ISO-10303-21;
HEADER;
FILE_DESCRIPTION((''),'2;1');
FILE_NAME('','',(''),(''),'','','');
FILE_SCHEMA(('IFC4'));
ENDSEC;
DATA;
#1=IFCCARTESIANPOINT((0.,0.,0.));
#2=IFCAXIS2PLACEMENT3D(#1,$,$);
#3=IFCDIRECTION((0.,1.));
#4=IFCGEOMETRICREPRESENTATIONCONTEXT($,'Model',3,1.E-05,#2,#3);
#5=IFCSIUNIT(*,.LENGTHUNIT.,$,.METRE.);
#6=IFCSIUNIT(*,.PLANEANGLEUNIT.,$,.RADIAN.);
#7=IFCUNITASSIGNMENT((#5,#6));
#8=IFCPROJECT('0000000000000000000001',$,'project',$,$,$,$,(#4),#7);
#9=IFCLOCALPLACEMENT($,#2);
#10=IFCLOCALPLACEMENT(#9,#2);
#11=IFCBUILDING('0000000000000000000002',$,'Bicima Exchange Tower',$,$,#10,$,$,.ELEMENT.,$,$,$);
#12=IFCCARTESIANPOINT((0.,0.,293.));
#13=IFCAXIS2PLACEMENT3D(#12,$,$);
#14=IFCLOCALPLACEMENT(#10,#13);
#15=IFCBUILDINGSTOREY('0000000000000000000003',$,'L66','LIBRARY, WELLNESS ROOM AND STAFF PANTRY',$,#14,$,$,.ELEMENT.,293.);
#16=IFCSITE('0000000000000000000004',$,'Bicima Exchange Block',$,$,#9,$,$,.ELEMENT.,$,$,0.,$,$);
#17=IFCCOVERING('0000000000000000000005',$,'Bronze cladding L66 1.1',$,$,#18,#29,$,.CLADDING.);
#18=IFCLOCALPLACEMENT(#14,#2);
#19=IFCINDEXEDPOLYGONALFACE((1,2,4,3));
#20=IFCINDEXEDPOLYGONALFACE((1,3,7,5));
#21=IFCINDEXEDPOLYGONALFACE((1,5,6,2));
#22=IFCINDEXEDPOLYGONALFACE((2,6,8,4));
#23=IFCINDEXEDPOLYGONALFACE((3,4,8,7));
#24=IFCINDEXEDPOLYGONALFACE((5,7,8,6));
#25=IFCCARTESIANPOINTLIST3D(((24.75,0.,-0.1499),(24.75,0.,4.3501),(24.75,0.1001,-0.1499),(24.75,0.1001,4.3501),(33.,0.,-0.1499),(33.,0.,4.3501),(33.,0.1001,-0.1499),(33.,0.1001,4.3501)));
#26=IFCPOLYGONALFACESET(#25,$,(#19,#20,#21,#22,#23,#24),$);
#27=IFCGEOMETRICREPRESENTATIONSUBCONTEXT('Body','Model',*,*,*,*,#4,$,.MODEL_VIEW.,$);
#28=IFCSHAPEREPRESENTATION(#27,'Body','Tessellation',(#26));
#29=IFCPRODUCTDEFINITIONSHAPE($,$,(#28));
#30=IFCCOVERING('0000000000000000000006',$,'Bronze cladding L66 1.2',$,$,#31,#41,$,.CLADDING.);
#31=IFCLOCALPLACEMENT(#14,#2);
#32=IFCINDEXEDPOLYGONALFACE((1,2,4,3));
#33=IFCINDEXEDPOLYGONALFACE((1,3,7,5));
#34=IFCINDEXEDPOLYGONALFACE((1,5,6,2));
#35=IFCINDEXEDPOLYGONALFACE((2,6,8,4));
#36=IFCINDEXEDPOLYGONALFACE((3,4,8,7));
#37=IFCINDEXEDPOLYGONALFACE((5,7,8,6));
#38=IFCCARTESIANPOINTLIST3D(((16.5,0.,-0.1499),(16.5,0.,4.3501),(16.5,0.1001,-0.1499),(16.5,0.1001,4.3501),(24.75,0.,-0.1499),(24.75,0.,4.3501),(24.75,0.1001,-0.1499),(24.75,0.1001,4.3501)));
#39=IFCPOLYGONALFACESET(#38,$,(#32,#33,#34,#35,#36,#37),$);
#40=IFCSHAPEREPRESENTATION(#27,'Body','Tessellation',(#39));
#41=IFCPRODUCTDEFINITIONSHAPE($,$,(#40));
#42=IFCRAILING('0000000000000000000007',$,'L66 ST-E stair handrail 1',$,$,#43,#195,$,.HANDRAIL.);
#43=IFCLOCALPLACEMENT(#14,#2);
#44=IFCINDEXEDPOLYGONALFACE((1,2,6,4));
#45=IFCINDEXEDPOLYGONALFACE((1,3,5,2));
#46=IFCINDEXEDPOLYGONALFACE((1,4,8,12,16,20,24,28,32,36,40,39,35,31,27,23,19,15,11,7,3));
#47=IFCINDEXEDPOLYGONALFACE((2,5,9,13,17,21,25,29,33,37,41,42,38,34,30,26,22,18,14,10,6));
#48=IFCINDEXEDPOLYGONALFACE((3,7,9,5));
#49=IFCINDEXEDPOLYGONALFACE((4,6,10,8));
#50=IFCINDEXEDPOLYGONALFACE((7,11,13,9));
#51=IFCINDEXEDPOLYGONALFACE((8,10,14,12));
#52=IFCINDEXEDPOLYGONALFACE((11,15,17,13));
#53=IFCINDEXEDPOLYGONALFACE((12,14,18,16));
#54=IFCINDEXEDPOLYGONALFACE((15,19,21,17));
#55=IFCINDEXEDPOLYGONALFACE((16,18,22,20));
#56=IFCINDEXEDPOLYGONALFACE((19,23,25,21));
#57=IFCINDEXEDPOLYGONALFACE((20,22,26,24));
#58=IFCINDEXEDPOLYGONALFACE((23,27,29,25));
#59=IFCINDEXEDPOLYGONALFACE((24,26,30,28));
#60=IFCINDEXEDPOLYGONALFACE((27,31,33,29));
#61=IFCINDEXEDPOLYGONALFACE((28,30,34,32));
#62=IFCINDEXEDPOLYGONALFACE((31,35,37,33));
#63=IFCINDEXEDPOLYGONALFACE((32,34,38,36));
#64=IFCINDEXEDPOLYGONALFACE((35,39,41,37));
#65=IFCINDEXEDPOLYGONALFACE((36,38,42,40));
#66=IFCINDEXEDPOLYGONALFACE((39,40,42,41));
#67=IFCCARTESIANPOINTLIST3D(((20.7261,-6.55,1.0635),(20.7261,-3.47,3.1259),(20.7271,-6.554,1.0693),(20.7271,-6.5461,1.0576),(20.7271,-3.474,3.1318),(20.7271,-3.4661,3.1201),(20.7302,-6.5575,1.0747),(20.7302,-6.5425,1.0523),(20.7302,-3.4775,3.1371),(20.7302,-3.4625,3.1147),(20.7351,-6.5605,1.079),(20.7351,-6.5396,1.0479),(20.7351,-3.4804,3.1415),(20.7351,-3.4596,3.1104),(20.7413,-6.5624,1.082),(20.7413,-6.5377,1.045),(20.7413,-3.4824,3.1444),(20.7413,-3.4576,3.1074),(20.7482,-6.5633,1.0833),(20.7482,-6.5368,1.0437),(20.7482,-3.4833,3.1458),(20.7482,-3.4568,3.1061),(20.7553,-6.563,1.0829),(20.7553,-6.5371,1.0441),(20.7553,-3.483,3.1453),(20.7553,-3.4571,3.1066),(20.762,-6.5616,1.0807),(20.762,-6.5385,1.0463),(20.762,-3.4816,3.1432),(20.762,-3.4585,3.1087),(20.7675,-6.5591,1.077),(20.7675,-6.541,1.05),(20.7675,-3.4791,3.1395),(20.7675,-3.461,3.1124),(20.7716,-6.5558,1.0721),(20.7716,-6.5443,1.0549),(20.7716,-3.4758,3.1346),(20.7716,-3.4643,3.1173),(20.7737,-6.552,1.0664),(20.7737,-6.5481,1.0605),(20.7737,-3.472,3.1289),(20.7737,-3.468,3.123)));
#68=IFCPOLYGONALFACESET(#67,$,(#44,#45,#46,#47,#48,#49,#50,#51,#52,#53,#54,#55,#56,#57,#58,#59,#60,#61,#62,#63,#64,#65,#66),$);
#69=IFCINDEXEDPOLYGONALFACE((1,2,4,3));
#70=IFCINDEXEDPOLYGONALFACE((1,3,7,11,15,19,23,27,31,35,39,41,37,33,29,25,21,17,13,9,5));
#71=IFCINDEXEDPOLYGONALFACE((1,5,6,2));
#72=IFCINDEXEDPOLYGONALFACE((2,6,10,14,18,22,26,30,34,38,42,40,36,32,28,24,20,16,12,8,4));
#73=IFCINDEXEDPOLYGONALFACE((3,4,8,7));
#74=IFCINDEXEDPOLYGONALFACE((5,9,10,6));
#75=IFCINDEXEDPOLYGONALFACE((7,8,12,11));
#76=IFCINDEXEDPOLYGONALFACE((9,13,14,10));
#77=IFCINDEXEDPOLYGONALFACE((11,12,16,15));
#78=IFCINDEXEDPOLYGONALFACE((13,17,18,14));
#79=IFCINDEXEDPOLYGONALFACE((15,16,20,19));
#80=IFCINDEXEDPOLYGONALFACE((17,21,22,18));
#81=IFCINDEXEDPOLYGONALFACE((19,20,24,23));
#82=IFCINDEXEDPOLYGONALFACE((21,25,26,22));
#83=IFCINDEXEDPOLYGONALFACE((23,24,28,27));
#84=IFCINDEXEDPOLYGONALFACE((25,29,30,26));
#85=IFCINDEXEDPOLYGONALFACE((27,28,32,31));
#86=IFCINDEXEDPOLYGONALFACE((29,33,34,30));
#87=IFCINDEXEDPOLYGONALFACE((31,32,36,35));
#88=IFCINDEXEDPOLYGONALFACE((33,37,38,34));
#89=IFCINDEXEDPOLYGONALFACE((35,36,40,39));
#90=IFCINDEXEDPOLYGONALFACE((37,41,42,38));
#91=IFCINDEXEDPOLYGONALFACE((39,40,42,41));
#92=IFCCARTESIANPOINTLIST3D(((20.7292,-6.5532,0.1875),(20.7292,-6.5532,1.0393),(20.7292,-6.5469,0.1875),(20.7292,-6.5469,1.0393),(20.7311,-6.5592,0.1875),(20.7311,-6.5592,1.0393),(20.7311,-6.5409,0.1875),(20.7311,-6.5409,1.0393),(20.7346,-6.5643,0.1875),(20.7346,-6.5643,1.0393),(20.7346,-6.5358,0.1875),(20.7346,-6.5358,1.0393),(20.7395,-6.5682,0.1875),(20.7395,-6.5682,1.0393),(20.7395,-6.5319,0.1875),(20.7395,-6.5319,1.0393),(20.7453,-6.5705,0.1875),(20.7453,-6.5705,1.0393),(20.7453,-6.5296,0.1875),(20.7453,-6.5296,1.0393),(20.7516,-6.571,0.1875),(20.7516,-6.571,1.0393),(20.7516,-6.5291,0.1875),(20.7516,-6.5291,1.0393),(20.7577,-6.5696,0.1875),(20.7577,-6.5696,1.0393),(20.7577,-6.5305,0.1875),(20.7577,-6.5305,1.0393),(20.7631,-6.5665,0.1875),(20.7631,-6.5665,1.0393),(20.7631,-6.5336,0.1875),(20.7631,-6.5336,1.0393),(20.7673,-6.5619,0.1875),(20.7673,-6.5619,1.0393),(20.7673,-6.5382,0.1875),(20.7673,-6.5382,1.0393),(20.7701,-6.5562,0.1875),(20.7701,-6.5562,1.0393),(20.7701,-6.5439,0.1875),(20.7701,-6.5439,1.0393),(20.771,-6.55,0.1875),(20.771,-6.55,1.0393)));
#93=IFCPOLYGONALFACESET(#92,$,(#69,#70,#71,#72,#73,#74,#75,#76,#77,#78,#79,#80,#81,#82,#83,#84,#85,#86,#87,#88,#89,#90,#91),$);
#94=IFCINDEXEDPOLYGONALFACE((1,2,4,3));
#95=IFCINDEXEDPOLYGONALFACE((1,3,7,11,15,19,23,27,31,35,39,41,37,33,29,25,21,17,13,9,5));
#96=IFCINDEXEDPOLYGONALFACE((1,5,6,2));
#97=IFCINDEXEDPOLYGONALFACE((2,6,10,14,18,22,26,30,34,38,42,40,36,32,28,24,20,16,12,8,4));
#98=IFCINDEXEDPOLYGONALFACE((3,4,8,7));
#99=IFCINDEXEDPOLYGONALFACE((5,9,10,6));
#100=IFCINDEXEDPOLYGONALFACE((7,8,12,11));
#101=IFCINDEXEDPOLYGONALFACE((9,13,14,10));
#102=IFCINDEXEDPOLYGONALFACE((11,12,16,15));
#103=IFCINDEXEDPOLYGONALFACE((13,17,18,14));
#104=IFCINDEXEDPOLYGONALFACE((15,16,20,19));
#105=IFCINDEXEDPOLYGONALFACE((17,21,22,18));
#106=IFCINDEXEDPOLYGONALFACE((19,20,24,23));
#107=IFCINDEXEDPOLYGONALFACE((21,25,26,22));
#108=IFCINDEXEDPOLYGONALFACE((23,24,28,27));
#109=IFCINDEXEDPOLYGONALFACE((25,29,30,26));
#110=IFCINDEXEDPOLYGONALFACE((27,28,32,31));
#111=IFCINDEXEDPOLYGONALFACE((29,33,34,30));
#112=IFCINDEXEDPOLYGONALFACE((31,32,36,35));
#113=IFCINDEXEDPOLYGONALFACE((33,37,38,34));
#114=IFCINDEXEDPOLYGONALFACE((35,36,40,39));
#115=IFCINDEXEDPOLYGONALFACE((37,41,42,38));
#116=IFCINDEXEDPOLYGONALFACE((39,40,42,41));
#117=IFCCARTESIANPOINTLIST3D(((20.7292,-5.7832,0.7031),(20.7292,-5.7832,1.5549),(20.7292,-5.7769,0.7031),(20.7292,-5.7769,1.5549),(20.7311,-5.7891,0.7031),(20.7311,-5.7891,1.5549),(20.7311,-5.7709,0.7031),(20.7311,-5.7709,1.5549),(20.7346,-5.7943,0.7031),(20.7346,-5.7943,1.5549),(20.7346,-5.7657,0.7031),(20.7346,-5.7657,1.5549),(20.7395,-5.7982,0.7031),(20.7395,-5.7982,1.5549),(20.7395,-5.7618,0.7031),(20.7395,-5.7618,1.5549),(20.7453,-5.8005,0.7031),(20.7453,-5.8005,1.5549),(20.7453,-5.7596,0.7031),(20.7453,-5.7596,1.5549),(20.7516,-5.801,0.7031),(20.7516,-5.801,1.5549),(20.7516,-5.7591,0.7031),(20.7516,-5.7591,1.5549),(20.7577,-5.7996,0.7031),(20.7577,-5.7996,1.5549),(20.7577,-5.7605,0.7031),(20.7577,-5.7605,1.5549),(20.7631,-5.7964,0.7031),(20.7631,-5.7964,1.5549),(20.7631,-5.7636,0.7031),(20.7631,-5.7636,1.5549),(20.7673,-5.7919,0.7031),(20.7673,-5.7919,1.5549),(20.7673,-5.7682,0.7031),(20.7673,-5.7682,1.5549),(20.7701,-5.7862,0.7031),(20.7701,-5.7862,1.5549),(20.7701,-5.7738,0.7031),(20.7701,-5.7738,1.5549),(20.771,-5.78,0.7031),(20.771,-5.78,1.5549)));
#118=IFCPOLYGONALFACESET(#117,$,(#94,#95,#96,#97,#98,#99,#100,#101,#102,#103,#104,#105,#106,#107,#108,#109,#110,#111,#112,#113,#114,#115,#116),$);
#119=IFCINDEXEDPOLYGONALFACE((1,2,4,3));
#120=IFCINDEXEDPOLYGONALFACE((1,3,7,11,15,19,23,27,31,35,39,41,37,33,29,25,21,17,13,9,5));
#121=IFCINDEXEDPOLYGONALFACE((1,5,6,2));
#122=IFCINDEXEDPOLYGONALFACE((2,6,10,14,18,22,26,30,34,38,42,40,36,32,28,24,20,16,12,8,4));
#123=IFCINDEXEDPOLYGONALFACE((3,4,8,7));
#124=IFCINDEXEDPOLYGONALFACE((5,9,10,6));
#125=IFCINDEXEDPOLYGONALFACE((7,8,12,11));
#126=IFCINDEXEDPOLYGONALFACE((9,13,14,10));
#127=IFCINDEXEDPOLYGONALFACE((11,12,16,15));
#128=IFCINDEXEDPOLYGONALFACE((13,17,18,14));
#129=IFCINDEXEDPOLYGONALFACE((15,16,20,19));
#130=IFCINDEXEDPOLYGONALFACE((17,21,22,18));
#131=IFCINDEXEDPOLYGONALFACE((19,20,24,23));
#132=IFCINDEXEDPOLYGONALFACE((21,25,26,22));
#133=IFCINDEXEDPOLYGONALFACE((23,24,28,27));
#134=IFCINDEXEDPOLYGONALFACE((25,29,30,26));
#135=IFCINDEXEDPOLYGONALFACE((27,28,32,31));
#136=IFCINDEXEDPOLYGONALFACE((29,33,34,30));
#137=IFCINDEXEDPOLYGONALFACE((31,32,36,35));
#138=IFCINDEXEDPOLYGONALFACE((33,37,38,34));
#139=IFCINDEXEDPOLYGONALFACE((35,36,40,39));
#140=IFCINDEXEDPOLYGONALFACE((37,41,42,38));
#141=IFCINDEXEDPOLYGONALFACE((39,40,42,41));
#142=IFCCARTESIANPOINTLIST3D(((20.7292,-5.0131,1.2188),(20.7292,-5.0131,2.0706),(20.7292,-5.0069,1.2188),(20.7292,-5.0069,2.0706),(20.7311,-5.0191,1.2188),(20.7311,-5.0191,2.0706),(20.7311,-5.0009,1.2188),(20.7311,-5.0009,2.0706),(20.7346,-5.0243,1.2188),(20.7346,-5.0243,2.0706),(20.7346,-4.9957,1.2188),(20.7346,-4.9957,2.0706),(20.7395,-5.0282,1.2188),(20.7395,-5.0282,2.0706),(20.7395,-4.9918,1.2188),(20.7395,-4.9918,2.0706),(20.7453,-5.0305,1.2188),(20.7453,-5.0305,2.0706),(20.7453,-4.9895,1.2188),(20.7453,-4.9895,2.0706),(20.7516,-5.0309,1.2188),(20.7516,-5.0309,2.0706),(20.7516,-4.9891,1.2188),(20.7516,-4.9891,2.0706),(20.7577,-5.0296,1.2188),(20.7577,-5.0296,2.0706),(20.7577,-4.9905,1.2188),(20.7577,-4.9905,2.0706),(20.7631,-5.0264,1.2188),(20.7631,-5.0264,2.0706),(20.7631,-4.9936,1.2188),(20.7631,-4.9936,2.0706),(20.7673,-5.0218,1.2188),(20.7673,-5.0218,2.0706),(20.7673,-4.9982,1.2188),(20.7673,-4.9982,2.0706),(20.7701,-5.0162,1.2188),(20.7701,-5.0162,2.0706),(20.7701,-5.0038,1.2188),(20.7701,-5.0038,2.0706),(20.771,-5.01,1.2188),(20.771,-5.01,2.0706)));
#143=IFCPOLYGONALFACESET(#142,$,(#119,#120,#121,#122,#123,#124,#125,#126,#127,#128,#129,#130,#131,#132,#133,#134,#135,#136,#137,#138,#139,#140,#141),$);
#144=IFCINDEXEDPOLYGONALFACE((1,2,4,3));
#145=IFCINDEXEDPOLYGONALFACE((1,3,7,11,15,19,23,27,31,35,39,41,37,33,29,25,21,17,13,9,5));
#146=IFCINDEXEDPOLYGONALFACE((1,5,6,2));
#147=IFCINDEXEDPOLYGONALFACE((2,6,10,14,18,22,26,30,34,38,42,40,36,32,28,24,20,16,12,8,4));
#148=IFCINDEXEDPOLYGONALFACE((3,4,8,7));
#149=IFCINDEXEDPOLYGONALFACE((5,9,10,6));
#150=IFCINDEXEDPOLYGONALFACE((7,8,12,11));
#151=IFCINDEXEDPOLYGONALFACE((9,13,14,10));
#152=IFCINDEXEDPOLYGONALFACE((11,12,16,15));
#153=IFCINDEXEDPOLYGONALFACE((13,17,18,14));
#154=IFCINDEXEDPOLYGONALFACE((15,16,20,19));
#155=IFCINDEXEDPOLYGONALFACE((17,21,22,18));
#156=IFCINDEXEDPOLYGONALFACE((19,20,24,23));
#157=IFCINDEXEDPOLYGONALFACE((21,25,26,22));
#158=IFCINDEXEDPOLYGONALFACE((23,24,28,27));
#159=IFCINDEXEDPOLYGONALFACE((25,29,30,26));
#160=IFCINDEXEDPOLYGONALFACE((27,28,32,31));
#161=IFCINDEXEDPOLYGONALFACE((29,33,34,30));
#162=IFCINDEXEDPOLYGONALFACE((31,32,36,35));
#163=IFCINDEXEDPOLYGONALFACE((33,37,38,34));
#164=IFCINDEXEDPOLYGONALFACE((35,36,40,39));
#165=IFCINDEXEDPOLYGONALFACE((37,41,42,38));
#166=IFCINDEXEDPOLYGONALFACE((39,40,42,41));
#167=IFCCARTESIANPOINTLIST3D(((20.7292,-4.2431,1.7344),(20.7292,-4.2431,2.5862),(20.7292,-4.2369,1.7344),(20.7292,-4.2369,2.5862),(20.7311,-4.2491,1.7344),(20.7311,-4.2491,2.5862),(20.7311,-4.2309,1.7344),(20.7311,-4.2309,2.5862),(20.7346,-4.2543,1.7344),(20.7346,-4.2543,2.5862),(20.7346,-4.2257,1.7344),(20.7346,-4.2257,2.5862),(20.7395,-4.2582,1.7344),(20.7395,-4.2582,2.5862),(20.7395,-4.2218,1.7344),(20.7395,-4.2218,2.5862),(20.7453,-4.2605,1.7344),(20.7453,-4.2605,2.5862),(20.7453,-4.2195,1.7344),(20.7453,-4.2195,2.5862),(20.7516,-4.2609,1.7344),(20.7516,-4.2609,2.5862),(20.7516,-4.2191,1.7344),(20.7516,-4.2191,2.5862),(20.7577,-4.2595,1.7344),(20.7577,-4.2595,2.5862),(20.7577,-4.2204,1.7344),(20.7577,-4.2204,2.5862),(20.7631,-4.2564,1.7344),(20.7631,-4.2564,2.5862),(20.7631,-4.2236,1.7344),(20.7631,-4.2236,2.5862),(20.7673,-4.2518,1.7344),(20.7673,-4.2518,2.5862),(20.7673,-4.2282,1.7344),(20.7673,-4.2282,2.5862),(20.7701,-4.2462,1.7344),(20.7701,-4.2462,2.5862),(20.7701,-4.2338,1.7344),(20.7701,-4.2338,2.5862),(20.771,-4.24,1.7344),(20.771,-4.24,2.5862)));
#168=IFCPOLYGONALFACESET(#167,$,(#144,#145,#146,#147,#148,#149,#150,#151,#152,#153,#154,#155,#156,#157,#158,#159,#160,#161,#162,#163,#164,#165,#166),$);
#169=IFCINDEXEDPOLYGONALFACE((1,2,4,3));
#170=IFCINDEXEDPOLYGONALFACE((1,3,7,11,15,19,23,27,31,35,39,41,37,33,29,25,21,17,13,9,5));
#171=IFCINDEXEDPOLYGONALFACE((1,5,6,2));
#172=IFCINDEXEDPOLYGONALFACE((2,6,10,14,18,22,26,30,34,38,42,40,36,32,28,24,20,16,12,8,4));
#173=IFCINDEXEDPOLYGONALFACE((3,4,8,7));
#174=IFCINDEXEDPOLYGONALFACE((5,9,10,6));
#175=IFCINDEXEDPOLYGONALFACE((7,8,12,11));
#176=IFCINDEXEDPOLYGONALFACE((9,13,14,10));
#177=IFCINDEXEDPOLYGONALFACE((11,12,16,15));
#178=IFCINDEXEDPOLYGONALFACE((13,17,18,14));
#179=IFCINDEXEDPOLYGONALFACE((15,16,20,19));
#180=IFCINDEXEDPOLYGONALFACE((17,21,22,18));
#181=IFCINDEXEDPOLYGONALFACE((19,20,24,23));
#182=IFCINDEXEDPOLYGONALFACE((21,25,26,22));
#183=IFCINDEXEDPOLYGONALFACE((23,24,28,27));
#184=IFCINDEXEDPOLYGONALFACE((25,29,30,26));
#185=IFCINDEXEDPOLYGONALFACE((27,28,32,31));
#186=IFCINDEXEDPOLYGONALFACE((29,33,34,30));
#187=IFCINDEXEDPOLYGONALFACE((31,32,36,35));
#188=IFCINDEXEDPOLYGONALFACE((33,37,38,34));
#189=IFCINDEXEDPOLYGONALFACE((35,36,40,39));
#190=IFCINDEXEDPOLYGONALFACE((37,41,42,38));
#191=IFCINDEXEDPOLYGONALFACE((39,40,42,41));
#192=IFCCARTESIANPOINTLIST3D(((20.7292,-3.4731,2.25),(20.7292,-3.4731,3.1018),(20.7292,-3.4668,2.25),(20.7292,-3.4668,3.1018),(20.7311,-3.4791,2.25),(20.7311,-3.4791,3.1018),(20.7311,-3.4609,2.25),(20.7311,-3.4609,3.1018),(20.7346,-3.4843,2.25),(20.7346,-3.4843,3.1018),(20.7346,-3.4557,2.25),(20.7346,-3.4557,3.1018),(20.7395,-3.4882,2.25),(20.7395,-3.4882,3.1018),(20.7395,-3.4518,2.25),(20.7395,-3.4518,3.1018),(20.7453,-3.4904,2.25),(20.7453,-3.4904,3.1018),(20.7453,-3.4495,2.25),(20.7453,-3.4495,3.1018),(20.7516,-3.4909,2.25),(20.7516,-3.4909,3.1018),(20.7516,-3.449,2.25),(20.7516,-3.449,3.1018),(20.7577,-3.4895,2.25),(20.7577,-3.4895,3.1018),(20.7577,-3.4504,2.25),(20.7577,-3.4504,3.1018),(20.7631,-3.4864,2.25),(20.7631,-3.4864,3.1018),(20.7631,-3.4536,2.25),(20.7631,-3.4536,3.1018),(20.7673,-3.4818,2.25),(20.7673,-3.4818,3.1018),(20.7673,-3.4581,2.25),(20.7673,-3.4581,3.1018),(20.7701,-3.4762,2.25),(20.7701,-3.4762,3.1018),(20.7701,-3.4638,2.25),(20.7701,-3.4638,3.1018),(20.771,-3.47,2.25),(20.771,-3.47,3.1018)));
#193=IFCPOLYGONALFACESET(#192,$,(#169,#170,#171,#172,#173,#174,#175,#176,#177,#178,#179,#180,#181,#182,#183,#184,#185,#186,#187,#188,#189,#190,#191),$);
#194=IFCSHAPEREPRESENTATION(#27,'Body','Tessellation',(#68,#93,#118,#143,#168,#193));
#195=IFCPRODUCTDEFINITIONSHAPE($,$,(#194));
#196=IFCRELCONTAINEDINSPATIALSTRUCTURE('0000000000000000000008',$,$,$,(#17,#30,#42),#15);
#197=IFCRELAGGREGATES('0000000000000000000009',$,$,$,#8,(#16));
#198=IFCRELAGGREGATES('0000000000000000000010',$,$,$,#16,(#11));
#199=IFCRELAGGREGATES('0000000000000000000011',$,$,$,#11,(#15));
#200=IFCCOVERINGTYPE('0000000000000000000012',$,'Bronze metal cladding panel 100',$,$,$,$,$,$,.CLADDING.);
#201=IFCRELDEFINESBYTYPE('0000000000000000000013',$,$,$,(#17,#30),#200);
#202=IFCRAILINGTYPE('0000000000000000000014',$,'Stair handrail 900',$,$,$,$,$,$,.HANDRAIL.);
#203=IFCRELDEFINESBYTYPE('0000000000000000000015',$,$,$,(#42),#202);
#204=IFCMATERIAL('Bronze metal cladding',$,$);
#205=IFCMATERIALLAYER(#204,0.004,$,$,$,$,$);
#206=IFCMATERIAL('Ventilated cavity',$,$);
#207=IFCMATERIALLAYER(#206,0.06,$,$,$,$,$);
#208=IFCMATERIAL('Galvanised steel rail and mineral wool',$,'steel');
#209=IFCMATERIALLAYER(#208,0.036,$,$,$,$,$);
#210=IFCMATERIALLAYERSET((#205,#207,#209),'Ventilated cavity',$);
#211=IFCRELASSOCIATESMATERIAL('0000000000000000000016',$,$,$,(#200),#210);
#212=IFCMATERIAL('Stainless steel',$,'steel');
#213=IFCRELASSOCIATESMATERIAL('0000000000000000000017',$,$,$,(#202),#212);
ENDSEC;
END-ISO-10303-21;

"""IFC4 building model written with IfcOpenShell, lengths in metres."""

from ifc_helpers import new_model, si_unit, direction, frame, origin, origin_2d, place, context, subcontext, project, spatial, rectangle, circle, extrude, material, layer, layer_set, type_object, element, save


model = new_model("IFC4")

# Units and contexts
model_context = context("Model", 3, precision=1e-05, world=origin(), true_north=direction((0.0, 1.0)))
body_context = subcontext(model_context, "Body", "Model", "MODEL_VIEW")
ifc_project = project(units=[si_unit("LENGTHUNIT", "METRE"), si_unit("PLANEANGLEUNIT", "RADIAN")], contexts=[model_context])

# Site, building, storey
site_placement = place(None, origin())
site = spatial("IfcSite", under=ifc_project, at=site_placement, Name="Bicima Exchange Block", CompositionType="ELEMENT", RefElevation=0.0)
building_placement = place(site_placement, origin())
building = spatial("IfcBuilding", under=site, at=building_placement, Name="Bicima Exchange Tower", CompositionType="ELEMENT")
storey_placement = place(building_placement, frame((0.0, 0.0, 293.0)))
storey = spatial("IfcBuildingStorey", under=building, at=storey_placement, Name="L66", Description="LIBRARY, WELLNESS ROOM AND STAFF PANTRY", CompositionType="ELEMENT", Elevation=293.0)

# Coverings
ifc_material_1 = material(Name="Bronze metal cladding")
ifc_layer_1 = layer(ifc_material_1, 0.004)
ifc_material_2 = material(Name="Ventilated cavity")
ifc_layer_2 = layer(ifc_material_2, 0.06)
ifc_material_3 = material(Name="Galvanised steel rail and mineral wool", Category="steel")
ifc_layer_3 = layer(ifc_material_3, 0.036)
ifc_layer_set_1 = layer_set([ifc_layer_1, ifc_layer_2, ifc_layer_3], Name="Ventilated cavity")
covering_type = type_object("IfcCoveringType", Name="Bronze metal cladding panel 100", PredefinedType="CLADDING", material=ifc_layer_set_1)
for number, where, z_axis, x_axis, name in (
    (1, (28.875, 0.05, -0.1499), (0.0, 0.0, 1.0), (-1.0, 0.0, 0.0), "Bronze cladding L66 1.1"),
    (2, (20.625, 0.05, -0.1499), (0.0, 0.0, 1.0), (-1.0, 0.0, 0.0), "Bronze cladding L66 1.2"),
):
    element("IfcCovering", number, at=place(storey_placement, frame(where, z_axis=z_axis, x_axis=x_axis)), inside=storey, type_object=covering_type, Name=name, PredefinedType="CLADDING", context=body_context, shape_type="SweptSolid", body=[
        extrude(rectangle(XDim=8.25, YDim=0.1001, at=origin_2d()), origin(), (0.0, 0.0, 1.0), 4.5),
    ])

# Railing
ifc_material_4 = material(Name="Stainless steel", Category="steel")
railing_type_1 = type_object("IfcRailingType", Name="Stair handrail 900", PredefinedType="HANDRAIL", material=ifc_material_4)
railing_1_placement = place(storey_placement, frame((20.75, -6.55, 0.1875)))
element("IfcRailing", 3, at=railing_1_placement, inside=storey, type_object=railing_type_1, Name="L66 ST-E stair handrail 1", PredefinedType="HANDRAIL", context=body_context, shape_type="SweptSolid", body=[
    extrude(circle(Radius=0.0239, at=origin_2d()), frame((0.0, 0.0, 0.876), z_axis=(0.0, 0.830914, 0.556401), x_axis=(-1.0, 0.0, 0.0)), (0.0, 0.0, 1.0), 3.7068),
    extrude(circle(Radius=0.021, at=origin_2d()), origin(), (0.0, 0.0, 1.0), 0.8518),
    extrude(circle(Radius=0.021, at=origin_2d()), frame((0.0, 0.77, 0.5156)), (0.0, 0.0, 1.0), 0.8518),
    extrude(circle(Radius=0.021, at=origin_2d()), frame((0.0, 1.54, 1.0312)), (0.0, 0.0, 1.0), 0.8518),
    extrude(circle(Radius=0.021, at=origin_2d()), frame((0.0, 2.3101, 1.5469)), (0.0, 0.0, 1.0), 0.8518),
    extrude(circle(Radius=0.021, at=origin_2d()), frame((0.0, 3.0801, 2.0625)), (0.0, 0.0, 1.0), 0.8518),
])

save(model, "model.ifc")
